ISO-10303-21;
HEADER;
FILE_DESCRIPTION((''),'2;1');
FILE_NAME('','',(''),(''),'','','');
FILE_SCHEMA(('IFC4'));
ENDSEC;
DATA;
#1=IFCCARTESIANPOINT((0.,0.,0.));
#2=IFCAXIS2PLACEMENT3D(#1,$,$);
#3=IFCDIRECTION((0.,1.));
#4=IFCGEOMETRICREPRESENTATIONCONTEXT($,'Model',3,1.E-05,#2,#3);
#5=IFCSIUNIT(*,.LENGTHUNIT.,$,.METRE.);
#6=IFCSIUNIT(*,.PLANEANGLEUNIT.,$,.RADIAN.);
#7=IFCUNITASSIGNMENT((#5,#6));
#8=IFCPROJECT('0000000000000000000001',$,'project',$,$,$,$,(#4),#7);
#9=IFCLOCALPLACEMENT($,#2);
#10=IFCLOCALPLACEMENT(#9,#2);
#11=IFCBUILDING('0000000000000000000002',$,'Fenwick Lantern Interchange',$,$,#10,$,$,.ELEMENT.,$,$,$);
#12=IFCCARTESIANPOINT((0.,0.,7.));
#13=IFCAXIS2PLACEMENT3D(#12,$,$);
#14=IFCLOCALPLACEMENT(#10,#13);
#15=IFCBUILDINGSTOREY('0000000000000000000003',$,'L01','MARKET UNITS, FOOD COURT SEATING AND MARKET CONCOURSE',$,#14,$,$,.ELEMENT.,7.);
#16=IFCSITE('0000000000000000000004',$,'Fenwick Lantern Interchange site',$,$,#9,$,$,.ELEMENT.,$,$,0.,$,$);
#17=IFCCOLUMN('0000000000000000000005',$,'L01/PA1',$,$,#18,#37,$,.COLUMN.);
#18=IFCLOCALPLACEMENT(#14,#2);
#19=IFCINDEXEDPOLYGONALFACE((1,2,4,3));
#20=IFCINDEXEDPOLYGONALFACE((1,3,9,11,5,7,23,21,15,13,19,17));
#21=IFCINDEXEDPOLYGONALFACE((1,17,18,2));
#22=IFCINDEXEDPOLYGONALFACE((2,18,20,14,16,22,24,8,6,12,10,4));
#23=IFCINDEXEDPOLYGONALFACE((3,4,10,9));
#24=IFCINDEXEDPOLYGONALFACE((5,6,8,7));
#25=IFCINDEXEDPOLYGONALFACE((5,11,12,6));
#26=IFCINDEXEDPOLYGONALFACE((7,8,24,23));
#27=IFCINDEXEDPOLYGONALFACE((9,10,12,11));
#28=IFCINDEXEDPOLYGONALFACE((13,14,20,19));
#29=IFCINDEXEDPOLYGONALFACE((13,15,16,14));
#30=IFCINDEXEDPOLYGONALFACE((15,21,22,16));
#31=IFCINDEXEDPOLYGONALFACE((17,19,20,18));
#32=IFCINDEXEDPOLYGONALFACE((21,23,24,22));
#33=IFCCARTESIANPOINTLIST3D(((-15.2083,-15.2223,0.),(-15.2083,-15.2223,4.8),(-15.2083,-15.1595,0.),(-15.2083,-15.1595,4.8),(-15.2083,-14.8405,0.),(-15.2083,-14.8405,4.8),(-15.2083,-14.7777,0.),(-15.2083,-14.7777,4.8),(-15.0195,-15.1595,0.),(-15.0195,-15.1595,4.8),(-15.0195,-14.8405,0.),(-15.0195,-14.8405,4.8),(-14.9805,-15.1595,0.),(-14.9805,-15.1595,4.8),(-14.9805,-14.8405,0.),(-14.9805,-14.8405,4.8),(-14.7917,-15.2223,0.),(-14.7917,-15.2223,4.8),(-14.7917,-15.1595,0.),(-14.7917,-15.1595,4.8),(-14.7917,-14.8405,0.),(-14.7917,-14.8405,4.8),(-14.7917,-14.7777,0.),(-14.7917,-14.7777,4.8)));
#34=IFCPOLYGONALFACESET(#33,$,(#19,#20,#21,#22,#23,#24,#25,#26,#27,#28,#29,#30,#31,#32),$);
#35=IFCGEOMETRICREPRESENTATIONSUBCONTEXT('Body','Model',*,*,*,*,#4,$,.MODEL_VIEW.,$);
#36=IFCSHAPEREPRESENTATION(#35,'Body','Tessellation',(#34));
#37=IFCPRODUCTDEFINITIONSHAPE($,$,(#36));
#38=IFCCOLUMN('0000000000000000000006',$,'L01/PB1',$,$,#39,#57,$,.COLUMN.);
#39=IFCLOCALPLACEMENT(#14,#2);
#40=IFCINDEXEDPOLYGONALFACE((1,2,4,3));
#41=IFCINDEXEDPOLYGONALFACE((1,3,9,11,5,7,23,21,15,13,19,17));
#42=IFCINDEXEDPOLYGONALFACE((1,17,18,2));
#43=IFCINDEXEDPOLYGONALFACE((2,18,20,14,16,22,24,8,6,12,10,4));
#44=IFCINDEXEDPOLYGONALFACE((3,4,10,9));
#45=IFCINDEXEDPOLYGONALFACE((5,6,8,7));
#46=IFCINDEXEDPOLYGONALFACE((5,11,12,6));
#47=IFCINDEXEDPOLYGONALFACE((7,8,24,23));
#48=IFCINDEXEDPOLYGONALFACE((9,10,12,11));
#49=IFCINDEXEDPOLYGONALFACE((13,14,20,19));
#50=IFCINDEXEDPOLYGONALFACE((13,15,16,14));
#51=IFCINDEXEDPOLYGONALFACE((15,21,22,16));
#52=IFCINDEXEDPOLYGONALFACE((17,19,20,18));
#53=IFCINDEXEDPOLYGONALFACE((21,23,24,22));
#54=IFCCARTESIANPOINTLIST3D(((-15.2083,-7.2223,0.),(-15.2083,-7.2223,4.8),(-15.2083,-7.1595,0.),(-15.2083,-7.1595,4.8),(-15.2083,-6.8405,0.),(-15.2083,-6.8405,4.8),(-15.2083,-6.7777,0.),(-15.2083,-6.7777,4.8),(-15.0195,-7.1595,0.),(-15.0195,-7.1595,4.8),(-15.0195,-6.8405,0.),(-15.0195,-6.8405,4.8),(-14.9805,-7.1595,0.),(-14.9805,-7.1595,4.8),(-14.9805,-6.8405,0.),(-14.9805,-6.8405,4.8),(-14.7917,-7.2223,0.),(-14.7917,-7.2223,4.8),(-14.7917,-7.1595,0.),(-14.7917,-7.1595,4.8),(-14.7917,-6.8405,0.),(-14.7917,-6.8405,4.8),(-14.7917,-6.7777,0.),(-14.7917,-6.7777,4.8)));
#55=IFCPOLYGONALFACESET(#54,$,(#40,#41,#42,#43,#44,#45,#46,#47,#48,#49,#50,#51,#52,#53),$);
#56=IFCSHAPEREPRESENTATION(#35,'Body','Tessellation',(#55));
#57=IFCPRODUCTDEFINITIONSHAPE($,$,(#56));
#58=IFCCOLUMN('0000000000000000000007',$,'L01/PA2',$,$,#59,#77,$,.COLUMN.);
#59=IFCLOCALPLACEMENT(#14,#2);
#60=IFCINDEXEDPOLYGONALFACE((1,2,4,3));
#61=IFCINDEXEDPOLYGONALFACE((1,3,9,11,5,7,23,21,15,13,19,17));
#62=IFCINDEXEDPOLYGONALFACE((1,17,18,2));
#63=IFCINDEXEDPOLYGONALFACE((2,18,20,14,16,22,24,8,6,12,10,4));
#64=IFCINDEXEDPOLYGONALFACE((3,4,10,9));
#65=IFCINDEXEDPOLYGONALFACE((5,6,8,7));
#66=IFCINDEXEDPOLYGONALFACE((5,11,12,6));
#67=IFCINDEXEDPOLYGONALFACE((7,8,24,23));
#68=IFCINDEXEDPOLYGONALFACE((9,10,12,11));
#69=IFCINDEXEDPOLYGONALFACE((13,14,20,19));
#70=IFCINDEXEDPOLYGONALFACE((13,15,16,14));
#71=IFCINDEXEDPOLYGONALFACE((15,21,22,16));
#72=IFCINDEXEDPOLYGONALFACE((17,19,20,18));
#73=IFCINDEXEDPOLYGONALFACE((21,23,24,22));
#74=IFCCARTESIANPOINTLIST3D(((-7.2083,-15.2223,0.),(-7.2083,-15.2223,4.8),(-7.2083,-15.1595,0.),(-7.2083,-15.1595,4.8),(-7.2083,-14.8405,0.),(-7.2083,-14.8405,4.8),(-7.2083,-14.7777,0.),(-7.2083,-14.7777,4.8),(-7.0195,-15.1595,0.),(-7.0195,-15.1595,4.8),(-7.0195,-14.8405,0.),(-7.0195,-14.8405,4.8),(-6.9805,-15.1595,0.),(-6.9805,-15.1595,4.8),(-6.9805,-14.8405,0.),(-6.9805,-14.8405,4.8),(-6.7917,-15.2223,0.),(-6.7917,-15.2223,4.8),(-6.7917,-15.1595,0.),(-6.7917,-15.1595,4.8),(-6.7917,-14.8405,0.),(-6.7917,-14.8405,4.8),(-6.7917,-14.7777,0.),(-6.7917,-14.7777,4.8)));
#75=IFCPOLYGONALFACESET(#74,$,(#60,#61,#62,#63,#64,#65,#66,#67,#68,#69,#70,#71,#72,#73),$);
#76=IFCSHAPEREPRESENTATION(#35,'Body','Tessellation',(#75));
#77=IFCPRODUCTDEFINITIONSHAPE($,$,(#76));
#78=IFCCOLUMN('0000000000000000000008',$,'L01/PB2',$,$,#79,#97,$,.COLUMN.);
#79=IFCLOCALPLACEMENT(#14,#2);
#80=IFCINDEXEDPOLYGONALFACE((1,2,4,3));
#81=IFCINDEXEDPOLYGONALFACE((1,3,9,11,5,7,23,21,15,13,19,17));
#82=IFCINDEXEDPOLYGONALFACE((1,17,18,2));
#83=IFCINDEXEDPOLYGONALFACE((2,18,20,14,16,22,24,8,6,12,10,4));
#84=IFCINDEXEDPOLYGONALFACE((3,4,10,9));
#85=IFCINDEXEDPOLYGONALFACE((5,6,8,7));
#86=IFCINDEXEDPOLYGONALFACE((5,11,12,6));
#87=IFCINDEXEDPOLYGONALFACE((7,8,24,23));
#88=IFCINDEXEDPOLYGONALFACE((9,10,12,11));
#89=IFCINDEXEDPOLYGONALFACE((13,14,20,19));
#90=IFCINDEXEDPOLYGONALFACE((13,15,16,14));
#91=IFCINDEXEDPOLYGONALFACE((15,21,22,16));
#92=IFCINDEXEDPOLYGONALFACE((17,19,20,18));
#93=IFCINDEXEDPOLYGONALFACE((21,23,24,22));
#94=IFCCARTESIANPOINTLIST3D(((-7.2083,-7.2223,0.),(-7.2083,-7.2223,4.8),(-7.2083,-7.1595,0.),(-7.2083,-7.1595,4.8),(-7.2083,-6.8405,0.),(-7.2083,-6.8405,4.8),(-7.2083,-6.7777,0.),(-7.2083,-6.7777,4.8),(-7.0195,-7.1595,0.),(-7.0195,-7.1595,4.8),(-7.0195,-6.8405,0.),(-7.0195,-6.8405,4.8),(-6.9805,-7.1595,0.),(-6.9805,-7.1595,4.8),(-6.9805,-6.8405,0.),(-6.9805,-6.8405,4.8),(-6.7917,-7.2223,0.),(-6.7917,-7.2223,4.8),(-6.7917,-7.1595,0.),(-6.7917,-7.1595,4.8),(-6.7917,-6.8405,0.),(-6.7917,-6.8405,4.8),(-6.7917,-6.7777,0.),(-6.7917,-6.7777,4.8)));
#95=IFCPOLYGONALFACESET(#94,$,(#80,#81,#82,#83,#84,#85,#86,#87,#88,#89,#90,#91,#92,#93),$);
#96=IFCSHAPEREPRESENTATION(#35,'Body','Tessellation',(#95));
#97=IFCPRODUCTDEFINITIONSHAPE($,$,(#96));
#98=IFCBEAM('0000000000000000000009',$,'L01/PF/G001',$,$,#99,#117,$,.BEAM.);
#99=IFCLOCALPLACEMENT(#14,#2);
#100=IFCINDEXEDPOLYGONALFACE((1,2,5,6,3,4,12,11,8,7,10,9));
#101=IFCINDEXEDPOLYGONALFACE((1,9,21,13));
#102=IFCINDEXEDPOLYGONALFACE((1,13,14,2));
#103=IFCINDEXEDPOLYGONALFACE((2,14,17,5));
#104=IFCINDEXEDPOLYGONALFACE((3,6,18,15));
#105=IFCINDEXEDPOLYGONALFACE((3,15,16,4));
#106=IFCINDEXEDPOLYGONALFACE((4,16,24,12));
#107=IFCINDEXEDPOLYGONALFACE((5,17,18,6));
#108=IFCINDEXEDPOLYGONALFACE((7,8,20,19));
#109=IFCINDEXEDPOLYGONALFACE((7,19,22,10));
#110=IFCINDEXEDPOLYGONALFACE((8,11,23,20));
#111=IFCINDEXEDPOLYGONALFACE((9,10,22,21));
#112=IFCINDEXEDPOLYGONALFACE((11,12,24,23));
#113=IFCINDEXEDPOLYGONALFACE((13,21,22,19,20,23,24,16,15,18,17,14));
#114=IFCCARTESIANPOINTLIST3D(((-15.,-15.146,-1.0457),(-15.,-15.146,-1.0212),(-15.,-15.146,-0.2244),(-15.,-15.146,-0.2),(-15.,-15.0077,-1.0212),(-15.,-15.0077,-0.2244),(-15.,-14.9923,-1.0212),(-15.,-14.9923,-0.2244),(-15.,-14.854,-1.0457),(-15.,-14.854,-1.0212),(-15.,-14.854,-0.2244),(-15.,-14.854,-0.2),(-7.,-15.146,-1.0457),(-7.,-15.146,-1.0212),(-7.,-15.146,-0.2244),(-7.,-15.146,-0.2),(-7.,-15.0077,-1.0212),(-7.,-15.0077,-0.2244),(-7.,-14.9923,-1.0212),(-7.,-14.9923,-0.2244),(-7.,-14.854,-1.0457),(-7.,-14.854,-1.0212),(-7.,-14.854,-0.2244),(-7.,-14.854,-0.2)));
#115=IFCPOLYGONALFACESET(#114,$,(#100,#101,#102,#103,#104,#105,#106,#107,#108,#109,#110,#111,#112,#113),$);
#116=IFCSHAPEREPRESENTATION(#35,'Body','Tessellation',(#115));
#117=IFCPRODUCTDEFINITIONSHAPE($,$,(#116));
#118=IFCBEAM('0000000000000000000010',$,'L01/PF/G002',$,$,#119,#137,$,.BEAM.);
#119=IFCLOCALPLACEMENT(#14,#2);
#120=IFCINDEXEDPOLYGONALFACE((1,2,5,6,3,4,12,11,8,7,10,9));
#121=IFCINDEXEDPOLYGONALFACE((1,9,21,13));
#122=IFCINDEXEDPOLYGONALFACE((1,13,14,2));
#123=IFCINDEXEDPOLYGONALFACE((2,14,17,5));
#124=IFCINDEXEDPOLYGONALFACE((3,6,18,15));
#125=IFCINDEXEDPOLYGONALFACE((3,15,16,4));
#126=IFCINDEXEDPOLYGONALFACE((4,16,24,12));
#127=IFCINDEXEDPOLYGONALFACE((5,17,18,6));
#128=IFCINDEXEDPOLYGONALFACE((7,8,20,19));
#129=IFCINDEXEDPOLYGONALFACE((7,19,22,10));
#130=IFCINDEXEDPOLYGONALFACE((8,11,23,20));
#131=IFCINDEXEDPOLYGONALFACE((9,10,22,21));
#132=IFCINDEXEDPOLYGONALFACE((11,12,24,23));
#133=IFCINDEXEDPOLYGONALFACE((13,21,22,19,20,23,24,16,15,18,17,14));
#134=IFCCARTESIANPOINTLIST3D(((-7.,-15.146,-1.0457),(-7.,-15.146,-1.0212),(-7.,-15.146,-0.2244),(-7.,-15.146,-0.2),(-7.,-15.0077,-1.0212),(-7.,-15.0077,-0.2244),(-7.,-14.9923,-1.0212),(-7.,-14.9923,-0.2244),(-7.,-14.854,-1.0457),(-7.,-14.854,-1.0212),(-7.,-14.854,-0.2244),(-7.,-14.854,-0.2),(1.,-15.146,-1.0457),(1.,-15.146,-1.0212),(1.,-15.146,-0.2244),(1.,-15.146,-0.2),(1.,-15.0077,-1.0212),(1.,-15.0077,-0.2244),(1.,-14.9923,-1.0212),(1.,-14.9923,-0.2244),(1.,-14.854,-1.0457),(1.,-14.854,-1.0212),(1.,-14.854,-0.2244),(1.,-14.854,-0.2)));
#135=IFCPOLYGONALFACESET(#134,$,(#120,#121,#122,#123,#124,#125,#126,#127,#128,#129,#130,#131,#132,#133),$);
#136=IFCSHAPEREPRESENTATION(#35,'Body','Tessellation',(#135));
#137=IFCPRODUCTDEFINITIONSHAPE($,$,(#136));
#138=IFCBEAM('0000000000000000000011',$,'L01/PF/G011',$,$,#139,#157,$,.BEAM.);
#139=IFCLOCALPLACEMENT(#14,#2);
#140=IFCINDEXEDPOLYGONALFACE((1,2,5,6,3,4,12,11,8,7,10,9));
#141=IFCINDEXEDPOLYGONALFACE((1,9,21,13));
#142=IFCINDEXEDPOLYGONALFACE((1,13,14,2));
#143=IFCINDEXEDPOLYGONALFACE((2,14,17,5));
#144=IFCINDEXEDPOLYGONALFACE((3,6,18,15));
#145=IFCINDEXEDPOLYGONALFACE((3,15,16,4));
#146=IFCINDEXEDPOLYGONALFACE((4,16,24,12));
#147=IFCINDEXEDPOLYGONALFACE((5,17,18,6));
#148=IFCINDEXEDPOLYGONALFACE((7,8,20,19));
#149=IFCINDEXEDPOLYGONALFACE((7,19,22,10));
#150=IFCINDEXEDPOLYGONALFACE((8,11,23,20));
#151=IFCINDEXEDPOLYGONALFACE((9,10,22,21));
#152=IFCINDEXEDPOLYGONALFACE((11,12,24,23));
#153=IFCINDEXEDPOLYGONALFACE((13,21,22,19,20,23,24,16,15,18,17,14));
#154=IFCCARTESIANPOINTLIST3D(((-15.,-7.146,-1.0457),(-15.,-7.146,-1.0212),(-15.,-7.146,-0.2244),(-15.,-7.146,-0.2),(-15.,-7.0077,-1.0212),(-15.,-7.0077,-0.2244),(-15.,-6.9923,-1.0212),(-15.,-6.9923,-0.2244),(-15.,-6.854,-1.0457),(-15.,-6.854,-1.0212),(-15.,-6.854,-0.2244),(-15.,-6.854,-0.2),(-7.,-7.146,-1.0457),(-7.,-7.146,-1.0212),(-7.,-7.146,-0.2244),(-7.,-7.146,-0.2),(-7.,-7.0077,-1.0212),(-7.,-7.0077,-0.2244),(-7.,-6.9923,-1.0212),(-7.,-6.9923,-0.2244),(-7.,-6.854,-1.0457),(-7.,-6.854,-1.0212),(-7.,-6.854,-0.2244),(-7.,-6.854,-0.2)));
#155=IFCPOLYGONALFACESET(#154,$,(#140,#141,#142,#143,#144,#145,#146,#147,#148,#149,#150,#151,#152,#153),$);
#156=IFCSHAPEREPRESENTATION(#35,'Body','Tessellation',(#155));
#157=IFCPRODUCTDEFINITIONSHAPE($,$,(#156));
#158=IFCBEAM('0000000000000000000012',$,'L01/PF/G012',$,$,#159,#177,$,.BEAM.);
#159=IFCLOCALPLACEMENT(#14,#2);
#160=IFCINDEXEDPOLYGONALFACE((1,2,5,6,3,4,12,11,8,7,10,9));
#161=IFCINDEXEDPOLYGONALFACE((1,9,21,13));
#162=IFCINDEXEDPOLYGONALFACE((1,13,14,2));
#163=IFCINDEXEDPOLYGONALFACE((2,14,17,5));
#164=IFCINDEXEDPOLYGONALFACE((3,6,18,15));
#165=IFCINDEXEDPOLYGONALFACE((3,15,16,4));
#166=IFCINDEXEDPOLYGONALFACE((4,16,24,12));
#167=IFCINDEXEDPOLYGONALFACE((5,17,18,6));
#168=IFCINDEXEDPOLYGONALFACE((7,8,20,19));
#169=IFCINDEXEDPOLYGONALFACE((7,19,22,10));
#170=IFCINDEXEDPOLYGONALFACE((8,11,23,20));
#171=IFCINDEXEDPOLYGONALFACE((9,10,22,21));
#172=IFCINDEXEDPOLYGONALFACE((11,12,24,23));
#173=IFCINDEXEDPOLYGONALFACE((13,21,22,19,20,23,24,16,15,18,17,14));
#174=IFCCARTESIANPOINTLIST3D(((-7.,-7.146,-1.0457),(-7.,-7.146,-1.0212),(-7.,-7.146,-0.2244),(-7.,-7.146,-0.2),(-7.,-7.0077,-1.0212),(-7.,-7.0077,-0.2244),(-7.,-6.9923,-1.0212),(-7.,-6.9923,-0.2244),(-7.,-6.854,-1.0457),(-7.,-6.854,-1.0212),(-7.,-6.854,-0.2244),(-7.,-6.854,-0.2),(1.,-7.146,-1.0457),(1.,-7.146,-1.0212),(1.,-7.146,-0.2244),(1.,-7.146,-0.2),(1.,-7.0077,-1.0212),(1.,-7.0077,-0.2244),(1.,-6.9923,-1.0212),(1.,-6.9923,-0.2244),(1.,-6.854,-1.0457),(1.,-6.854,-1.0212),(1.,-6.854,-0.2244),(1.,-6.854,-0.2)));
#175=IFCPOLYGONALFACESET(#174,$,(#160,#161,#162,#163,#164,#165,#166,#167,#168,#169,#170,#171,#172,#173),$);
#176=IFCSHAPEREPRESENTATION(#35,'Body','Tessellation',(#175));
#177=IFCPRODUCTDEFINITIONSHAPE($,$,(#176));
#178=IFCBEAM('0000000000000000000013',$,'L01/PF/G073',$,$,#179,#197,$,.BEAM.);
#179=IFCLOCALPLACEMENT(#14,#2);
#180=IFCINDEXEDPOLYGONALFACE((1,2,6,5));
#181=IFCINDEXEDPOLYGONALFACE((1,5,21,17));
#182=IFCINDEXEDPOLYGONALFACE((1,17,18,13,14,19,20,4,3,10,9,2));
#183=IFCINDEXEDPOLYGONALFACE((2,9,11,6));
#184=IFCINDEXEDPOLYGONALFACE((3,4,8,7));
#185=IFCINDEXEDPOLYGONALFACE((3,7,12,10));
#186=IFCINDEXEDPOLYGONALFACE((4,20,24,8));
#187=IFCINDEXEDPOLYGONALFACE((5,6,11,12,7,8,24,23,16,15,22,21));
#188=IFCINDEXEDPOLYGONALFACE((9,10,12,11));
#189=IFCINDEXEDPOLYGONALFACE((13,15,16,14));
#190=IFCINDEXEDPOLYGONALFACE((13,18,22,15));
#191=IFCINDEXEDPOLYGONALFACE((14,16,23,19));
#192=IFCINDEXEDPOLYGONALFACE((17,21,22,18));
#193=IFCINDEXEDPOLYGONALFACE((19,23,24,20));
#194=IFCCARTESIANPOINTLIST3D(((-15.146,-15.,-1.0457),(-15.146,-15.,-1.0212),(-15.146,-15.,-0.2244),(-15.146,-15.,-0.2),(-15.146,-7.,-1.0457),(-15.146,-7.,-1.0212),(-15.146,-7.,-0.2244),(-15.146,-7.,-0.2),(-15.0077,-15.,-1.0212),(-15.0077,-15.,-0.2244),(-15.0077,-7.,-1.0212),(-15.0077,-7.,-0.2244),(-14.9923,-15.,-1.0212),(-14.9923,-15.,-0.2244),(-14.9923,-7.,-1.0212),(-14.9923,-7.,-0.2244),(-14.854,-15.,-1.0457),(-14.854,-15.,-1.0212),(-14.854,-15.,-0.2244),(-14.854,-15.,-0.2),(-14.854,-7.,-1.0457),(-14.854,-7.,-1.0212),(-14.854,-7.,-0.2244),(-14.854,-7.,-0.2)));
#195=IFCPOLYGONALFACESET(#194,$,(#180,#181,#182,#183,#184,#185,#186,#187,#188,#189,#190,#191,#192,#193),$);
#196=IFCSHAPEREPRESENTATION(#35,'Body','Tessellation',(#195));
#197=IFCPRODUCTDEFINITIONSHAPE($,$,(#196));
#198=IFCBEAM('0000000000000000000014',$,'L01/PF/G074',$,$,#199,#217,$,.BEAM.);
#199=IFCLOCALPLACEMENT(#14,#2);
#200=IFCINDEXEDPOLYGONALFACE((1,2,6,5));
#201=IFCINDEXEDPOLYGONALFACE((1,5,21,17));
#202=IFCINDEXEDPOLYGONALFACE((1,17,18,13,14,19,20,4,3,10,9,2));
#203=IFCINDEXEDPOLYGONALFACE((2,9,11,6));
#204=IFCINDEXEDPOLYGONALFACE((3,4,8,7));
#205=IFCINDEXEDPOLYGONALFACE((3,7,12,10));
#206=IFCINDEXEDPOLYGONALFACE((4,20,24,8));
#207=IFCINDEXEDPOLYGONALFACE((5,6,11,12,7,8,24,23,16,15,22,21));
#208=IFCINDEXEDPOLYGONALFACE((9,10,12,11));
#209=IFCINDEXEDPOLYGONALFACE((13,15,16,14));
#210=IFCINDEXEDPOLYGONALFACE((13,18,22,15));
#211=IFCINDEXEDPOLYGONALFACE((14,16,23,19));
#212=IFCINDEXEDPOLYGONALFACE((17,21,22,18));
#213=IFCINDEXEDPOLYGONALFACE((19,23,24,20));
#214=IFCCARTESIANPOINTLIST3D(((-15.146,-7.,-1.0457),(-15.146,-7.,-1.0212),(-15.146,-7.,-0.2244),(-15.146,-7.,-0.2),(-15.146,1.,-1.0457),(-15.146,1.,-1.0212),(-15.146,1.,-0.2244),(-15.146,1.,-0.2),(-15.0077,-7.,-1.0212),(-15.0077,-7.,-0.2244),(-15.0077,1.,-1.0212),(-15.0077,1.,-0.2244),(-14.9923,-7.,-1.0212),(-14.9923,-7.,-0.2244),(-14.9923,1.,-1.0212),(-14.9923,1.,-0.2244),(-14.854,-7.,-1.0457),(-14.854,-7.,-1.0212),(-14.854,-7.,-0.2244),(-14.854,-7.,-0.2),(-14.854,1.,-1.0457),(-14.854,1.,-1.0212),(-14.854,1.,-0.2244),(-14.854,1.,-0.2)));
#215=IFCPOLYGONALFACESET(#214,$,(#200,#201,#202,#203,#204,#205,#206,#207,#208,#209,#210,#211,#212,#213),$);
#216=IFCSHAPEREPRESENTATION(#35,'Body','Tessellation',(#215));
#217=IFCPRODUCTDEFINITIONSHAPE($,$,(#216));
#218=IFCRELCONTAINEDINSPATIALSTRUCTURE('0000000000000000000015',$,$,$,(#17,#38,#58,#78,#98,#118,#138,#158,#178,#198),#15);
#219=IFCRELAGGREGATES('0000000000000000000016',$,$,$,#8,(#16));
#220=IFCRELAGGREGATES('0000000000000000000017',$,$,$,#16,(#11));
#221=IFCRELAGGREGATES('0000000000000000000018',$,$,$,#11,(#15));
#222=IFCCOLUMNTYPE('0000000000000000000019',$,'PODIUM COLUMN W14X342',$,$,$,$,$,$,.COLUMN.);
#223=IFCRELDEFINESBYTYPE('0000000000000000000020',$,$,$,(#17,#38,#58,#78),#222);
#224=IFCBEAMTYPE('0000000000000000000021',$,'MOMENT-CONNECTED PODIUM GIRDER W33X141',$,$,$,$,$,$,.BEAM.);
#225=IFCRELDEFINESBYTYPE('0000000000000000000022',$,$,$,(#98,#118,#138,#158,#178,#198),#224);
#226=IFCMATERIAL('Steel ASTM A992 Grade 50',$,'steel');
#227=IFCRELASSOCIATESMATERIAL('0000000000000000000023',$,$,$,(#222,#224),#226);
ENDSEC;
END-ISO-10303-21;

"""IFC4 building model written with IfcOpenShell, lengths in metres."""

from ifc_helpers import new_model, si_unit, direction, frame, origin, origin_2d, place, context, subcontext, project, spatial, i_section, extrude, material, material_profile, profile_set, type_object, element, save


model = new_model("IFC4")

# Units and contexts
model_context = context("Model", 3, precision=1e-05, world=origin(), true_north=direction((0.0, 1.0)))
body_context = subcontext(model_context, "Body", "Model", "MODEL_VIEW")
ifc_project = project(units=[si_unit("LENGTHUNIT", "METRE"), si_unit("PLANEANGLEUNIT", "RADIAN")], contexts=[model_context])

# Site, building, storey
site_placement = place(None, origin())
site = spatial("IfcSite", under=ifc_project, at=site_placement, Name="Fenwick Lantern Interchange site", CompositionType="ELEMENT", RefElevation=0.0)
building_placement = place(site_placement, origin())
building = spatial("IfcBuilding", under=site, at=building_placement, Name="Fenwick Lantern Interchange", CompositionType="ELEMENT")
storey_placement = place(building_placement, frame((0.0, 0.0, 7.0)))
storey = spatial("IfcBuildingStorey", under=building, at=storey_placement, Name="L01", Description="MARKET UNITS, FOOD COURT SEATING AND MARKET CONCOURSE", CompositionType="ELEMENT", Elevation=7.0)

# Columns
ifc_material_1 = material(Name="Steel ASTM A992 Grade 50", Category="steel")
ifc_material_profile_1 = material_profile(ifc_material_1, i_section(OverallWidth=0.4165, OverallDepth=0.4446, WebThickness=0.0391, FlangeThickness=0.0627, at=origin_2d()), Name="W14X342")
ifc_profile_set_1 = profile_set([ifc_material_profile_1], Name="Steel ASTM A992 Grade 50")
column_type = type_object("IfcColumnType", Name="PODIUM COLUMN W14X342", PredefinedType="COLUMN", material=ifc_profile_set_1)
for number, where, z_axis, x_axis, name in (
    (1, (-15.0, -15.0, 0.0), (0.0, 0.0, 1.0), (1.0, 0.0, 0.0), "L01/PA1"),
    (2, (-15.0, -7.0, 0.0), (0.0, 0.0, 1.0), (1.0, 0.0, 0.0), "L01/PB1"),
    (3, (-7.0, -15.0, 0.0), (0.0, 0.0, 1.0), (1.0, 0.0, 0.0), "L01/PA2"),
    (4, (-7.0, -7.0, 0.0), (0.0, 0.0, 1.0), (1.0, 0.0, 0.0), "L01/PB2"),
):
    element("IfcColumn", number, at=place(storey_placement, frame(where, z_axis=z_axis, x_axis=x_axis)), inside=storey, type_object=column_type, Name=name, PredefinedType="COLUMN", context=body_context, shape_type="SweptSolid", body=[
        extrude(i_section(OverallWidth=0.4165, OverallDepth=0.4446, WebThickness=0.0391, FlangeThickness=0.0627, at=origin_2d()), origin(), (0.0, 0.0, 1.0), 4.8),
    ])

# Beams
ifc_material_profile_2 = material_profile(ifc_material_1, i_section(OverallWidth=0.292, OverallDepth=0.8457, WebThickness=0.0154, FlangeThickness=0.0244, at=origin_2d()), Name="W33X141")
ifc_profile_set_2 = profile_set([ifc_material_profile_2], Name="Steel ASTM A992 Grade 50")
beam_type_1 = type_object("IfcBeamType", Name="MOMENT-CONNECTED PODIUM GIRDER W33X141", PredefinedType="BEAM", material=ifc_profile_set_2)
for number, where, z_axis, x_axis, name in (
    (5, (-15.0, -15.0, -0.6228), (1.0, 0.0, 0.0), (0.0, 1.0, 0.0), "L01/PF/G001"),
    (6, (-7.0, -15.0, -0.6228), (1.0, 0.0, 0.0), (0.0, 1.0, 0.0), "L01/PF/G002"),
    (7, (-15.0, -7.0, -0.6228), (1.0, 0.0, 0.0), (0.0, 1.0, 0.0), "L01/PF/G011"),
    (8, (-7.0, -7.0, -0.6228), (1.0, 0.0, 0.0), (0.0, 1.0, 0.0), "L01/PF/G012"),
    (9, (-15.0, -15.0, -0.6228), (0.0, 1.0, 0.0), (-1.0, 0.0, 0.0), "L01/PF/G073"),
    (10, (-15.0, -7.0, -0.6228), (0.0, 1.0, 0.0), (-1.0, 0.0, 0.0), "L01/PF/G074"),
):
    element("IfcBeam", number, at=place(storey_placement, frame(where, z_axis=z_axis, x_axis=x_axis)), inside=storey, type_object=beam_type_1, Name=name, PredefinedType="BEAM", context=body_context, shape_type="SweptSolid", body=[
        extrude(i_section(OverallWidth=0.292, OverallDepth=0.8457, WebThickness=0.0154, FlangeThickness=0.0244, at=origin_2d()), origin(), (0.0, 0.0, 1.0), 8.0),
    ])

save(model, "model.ifc")
